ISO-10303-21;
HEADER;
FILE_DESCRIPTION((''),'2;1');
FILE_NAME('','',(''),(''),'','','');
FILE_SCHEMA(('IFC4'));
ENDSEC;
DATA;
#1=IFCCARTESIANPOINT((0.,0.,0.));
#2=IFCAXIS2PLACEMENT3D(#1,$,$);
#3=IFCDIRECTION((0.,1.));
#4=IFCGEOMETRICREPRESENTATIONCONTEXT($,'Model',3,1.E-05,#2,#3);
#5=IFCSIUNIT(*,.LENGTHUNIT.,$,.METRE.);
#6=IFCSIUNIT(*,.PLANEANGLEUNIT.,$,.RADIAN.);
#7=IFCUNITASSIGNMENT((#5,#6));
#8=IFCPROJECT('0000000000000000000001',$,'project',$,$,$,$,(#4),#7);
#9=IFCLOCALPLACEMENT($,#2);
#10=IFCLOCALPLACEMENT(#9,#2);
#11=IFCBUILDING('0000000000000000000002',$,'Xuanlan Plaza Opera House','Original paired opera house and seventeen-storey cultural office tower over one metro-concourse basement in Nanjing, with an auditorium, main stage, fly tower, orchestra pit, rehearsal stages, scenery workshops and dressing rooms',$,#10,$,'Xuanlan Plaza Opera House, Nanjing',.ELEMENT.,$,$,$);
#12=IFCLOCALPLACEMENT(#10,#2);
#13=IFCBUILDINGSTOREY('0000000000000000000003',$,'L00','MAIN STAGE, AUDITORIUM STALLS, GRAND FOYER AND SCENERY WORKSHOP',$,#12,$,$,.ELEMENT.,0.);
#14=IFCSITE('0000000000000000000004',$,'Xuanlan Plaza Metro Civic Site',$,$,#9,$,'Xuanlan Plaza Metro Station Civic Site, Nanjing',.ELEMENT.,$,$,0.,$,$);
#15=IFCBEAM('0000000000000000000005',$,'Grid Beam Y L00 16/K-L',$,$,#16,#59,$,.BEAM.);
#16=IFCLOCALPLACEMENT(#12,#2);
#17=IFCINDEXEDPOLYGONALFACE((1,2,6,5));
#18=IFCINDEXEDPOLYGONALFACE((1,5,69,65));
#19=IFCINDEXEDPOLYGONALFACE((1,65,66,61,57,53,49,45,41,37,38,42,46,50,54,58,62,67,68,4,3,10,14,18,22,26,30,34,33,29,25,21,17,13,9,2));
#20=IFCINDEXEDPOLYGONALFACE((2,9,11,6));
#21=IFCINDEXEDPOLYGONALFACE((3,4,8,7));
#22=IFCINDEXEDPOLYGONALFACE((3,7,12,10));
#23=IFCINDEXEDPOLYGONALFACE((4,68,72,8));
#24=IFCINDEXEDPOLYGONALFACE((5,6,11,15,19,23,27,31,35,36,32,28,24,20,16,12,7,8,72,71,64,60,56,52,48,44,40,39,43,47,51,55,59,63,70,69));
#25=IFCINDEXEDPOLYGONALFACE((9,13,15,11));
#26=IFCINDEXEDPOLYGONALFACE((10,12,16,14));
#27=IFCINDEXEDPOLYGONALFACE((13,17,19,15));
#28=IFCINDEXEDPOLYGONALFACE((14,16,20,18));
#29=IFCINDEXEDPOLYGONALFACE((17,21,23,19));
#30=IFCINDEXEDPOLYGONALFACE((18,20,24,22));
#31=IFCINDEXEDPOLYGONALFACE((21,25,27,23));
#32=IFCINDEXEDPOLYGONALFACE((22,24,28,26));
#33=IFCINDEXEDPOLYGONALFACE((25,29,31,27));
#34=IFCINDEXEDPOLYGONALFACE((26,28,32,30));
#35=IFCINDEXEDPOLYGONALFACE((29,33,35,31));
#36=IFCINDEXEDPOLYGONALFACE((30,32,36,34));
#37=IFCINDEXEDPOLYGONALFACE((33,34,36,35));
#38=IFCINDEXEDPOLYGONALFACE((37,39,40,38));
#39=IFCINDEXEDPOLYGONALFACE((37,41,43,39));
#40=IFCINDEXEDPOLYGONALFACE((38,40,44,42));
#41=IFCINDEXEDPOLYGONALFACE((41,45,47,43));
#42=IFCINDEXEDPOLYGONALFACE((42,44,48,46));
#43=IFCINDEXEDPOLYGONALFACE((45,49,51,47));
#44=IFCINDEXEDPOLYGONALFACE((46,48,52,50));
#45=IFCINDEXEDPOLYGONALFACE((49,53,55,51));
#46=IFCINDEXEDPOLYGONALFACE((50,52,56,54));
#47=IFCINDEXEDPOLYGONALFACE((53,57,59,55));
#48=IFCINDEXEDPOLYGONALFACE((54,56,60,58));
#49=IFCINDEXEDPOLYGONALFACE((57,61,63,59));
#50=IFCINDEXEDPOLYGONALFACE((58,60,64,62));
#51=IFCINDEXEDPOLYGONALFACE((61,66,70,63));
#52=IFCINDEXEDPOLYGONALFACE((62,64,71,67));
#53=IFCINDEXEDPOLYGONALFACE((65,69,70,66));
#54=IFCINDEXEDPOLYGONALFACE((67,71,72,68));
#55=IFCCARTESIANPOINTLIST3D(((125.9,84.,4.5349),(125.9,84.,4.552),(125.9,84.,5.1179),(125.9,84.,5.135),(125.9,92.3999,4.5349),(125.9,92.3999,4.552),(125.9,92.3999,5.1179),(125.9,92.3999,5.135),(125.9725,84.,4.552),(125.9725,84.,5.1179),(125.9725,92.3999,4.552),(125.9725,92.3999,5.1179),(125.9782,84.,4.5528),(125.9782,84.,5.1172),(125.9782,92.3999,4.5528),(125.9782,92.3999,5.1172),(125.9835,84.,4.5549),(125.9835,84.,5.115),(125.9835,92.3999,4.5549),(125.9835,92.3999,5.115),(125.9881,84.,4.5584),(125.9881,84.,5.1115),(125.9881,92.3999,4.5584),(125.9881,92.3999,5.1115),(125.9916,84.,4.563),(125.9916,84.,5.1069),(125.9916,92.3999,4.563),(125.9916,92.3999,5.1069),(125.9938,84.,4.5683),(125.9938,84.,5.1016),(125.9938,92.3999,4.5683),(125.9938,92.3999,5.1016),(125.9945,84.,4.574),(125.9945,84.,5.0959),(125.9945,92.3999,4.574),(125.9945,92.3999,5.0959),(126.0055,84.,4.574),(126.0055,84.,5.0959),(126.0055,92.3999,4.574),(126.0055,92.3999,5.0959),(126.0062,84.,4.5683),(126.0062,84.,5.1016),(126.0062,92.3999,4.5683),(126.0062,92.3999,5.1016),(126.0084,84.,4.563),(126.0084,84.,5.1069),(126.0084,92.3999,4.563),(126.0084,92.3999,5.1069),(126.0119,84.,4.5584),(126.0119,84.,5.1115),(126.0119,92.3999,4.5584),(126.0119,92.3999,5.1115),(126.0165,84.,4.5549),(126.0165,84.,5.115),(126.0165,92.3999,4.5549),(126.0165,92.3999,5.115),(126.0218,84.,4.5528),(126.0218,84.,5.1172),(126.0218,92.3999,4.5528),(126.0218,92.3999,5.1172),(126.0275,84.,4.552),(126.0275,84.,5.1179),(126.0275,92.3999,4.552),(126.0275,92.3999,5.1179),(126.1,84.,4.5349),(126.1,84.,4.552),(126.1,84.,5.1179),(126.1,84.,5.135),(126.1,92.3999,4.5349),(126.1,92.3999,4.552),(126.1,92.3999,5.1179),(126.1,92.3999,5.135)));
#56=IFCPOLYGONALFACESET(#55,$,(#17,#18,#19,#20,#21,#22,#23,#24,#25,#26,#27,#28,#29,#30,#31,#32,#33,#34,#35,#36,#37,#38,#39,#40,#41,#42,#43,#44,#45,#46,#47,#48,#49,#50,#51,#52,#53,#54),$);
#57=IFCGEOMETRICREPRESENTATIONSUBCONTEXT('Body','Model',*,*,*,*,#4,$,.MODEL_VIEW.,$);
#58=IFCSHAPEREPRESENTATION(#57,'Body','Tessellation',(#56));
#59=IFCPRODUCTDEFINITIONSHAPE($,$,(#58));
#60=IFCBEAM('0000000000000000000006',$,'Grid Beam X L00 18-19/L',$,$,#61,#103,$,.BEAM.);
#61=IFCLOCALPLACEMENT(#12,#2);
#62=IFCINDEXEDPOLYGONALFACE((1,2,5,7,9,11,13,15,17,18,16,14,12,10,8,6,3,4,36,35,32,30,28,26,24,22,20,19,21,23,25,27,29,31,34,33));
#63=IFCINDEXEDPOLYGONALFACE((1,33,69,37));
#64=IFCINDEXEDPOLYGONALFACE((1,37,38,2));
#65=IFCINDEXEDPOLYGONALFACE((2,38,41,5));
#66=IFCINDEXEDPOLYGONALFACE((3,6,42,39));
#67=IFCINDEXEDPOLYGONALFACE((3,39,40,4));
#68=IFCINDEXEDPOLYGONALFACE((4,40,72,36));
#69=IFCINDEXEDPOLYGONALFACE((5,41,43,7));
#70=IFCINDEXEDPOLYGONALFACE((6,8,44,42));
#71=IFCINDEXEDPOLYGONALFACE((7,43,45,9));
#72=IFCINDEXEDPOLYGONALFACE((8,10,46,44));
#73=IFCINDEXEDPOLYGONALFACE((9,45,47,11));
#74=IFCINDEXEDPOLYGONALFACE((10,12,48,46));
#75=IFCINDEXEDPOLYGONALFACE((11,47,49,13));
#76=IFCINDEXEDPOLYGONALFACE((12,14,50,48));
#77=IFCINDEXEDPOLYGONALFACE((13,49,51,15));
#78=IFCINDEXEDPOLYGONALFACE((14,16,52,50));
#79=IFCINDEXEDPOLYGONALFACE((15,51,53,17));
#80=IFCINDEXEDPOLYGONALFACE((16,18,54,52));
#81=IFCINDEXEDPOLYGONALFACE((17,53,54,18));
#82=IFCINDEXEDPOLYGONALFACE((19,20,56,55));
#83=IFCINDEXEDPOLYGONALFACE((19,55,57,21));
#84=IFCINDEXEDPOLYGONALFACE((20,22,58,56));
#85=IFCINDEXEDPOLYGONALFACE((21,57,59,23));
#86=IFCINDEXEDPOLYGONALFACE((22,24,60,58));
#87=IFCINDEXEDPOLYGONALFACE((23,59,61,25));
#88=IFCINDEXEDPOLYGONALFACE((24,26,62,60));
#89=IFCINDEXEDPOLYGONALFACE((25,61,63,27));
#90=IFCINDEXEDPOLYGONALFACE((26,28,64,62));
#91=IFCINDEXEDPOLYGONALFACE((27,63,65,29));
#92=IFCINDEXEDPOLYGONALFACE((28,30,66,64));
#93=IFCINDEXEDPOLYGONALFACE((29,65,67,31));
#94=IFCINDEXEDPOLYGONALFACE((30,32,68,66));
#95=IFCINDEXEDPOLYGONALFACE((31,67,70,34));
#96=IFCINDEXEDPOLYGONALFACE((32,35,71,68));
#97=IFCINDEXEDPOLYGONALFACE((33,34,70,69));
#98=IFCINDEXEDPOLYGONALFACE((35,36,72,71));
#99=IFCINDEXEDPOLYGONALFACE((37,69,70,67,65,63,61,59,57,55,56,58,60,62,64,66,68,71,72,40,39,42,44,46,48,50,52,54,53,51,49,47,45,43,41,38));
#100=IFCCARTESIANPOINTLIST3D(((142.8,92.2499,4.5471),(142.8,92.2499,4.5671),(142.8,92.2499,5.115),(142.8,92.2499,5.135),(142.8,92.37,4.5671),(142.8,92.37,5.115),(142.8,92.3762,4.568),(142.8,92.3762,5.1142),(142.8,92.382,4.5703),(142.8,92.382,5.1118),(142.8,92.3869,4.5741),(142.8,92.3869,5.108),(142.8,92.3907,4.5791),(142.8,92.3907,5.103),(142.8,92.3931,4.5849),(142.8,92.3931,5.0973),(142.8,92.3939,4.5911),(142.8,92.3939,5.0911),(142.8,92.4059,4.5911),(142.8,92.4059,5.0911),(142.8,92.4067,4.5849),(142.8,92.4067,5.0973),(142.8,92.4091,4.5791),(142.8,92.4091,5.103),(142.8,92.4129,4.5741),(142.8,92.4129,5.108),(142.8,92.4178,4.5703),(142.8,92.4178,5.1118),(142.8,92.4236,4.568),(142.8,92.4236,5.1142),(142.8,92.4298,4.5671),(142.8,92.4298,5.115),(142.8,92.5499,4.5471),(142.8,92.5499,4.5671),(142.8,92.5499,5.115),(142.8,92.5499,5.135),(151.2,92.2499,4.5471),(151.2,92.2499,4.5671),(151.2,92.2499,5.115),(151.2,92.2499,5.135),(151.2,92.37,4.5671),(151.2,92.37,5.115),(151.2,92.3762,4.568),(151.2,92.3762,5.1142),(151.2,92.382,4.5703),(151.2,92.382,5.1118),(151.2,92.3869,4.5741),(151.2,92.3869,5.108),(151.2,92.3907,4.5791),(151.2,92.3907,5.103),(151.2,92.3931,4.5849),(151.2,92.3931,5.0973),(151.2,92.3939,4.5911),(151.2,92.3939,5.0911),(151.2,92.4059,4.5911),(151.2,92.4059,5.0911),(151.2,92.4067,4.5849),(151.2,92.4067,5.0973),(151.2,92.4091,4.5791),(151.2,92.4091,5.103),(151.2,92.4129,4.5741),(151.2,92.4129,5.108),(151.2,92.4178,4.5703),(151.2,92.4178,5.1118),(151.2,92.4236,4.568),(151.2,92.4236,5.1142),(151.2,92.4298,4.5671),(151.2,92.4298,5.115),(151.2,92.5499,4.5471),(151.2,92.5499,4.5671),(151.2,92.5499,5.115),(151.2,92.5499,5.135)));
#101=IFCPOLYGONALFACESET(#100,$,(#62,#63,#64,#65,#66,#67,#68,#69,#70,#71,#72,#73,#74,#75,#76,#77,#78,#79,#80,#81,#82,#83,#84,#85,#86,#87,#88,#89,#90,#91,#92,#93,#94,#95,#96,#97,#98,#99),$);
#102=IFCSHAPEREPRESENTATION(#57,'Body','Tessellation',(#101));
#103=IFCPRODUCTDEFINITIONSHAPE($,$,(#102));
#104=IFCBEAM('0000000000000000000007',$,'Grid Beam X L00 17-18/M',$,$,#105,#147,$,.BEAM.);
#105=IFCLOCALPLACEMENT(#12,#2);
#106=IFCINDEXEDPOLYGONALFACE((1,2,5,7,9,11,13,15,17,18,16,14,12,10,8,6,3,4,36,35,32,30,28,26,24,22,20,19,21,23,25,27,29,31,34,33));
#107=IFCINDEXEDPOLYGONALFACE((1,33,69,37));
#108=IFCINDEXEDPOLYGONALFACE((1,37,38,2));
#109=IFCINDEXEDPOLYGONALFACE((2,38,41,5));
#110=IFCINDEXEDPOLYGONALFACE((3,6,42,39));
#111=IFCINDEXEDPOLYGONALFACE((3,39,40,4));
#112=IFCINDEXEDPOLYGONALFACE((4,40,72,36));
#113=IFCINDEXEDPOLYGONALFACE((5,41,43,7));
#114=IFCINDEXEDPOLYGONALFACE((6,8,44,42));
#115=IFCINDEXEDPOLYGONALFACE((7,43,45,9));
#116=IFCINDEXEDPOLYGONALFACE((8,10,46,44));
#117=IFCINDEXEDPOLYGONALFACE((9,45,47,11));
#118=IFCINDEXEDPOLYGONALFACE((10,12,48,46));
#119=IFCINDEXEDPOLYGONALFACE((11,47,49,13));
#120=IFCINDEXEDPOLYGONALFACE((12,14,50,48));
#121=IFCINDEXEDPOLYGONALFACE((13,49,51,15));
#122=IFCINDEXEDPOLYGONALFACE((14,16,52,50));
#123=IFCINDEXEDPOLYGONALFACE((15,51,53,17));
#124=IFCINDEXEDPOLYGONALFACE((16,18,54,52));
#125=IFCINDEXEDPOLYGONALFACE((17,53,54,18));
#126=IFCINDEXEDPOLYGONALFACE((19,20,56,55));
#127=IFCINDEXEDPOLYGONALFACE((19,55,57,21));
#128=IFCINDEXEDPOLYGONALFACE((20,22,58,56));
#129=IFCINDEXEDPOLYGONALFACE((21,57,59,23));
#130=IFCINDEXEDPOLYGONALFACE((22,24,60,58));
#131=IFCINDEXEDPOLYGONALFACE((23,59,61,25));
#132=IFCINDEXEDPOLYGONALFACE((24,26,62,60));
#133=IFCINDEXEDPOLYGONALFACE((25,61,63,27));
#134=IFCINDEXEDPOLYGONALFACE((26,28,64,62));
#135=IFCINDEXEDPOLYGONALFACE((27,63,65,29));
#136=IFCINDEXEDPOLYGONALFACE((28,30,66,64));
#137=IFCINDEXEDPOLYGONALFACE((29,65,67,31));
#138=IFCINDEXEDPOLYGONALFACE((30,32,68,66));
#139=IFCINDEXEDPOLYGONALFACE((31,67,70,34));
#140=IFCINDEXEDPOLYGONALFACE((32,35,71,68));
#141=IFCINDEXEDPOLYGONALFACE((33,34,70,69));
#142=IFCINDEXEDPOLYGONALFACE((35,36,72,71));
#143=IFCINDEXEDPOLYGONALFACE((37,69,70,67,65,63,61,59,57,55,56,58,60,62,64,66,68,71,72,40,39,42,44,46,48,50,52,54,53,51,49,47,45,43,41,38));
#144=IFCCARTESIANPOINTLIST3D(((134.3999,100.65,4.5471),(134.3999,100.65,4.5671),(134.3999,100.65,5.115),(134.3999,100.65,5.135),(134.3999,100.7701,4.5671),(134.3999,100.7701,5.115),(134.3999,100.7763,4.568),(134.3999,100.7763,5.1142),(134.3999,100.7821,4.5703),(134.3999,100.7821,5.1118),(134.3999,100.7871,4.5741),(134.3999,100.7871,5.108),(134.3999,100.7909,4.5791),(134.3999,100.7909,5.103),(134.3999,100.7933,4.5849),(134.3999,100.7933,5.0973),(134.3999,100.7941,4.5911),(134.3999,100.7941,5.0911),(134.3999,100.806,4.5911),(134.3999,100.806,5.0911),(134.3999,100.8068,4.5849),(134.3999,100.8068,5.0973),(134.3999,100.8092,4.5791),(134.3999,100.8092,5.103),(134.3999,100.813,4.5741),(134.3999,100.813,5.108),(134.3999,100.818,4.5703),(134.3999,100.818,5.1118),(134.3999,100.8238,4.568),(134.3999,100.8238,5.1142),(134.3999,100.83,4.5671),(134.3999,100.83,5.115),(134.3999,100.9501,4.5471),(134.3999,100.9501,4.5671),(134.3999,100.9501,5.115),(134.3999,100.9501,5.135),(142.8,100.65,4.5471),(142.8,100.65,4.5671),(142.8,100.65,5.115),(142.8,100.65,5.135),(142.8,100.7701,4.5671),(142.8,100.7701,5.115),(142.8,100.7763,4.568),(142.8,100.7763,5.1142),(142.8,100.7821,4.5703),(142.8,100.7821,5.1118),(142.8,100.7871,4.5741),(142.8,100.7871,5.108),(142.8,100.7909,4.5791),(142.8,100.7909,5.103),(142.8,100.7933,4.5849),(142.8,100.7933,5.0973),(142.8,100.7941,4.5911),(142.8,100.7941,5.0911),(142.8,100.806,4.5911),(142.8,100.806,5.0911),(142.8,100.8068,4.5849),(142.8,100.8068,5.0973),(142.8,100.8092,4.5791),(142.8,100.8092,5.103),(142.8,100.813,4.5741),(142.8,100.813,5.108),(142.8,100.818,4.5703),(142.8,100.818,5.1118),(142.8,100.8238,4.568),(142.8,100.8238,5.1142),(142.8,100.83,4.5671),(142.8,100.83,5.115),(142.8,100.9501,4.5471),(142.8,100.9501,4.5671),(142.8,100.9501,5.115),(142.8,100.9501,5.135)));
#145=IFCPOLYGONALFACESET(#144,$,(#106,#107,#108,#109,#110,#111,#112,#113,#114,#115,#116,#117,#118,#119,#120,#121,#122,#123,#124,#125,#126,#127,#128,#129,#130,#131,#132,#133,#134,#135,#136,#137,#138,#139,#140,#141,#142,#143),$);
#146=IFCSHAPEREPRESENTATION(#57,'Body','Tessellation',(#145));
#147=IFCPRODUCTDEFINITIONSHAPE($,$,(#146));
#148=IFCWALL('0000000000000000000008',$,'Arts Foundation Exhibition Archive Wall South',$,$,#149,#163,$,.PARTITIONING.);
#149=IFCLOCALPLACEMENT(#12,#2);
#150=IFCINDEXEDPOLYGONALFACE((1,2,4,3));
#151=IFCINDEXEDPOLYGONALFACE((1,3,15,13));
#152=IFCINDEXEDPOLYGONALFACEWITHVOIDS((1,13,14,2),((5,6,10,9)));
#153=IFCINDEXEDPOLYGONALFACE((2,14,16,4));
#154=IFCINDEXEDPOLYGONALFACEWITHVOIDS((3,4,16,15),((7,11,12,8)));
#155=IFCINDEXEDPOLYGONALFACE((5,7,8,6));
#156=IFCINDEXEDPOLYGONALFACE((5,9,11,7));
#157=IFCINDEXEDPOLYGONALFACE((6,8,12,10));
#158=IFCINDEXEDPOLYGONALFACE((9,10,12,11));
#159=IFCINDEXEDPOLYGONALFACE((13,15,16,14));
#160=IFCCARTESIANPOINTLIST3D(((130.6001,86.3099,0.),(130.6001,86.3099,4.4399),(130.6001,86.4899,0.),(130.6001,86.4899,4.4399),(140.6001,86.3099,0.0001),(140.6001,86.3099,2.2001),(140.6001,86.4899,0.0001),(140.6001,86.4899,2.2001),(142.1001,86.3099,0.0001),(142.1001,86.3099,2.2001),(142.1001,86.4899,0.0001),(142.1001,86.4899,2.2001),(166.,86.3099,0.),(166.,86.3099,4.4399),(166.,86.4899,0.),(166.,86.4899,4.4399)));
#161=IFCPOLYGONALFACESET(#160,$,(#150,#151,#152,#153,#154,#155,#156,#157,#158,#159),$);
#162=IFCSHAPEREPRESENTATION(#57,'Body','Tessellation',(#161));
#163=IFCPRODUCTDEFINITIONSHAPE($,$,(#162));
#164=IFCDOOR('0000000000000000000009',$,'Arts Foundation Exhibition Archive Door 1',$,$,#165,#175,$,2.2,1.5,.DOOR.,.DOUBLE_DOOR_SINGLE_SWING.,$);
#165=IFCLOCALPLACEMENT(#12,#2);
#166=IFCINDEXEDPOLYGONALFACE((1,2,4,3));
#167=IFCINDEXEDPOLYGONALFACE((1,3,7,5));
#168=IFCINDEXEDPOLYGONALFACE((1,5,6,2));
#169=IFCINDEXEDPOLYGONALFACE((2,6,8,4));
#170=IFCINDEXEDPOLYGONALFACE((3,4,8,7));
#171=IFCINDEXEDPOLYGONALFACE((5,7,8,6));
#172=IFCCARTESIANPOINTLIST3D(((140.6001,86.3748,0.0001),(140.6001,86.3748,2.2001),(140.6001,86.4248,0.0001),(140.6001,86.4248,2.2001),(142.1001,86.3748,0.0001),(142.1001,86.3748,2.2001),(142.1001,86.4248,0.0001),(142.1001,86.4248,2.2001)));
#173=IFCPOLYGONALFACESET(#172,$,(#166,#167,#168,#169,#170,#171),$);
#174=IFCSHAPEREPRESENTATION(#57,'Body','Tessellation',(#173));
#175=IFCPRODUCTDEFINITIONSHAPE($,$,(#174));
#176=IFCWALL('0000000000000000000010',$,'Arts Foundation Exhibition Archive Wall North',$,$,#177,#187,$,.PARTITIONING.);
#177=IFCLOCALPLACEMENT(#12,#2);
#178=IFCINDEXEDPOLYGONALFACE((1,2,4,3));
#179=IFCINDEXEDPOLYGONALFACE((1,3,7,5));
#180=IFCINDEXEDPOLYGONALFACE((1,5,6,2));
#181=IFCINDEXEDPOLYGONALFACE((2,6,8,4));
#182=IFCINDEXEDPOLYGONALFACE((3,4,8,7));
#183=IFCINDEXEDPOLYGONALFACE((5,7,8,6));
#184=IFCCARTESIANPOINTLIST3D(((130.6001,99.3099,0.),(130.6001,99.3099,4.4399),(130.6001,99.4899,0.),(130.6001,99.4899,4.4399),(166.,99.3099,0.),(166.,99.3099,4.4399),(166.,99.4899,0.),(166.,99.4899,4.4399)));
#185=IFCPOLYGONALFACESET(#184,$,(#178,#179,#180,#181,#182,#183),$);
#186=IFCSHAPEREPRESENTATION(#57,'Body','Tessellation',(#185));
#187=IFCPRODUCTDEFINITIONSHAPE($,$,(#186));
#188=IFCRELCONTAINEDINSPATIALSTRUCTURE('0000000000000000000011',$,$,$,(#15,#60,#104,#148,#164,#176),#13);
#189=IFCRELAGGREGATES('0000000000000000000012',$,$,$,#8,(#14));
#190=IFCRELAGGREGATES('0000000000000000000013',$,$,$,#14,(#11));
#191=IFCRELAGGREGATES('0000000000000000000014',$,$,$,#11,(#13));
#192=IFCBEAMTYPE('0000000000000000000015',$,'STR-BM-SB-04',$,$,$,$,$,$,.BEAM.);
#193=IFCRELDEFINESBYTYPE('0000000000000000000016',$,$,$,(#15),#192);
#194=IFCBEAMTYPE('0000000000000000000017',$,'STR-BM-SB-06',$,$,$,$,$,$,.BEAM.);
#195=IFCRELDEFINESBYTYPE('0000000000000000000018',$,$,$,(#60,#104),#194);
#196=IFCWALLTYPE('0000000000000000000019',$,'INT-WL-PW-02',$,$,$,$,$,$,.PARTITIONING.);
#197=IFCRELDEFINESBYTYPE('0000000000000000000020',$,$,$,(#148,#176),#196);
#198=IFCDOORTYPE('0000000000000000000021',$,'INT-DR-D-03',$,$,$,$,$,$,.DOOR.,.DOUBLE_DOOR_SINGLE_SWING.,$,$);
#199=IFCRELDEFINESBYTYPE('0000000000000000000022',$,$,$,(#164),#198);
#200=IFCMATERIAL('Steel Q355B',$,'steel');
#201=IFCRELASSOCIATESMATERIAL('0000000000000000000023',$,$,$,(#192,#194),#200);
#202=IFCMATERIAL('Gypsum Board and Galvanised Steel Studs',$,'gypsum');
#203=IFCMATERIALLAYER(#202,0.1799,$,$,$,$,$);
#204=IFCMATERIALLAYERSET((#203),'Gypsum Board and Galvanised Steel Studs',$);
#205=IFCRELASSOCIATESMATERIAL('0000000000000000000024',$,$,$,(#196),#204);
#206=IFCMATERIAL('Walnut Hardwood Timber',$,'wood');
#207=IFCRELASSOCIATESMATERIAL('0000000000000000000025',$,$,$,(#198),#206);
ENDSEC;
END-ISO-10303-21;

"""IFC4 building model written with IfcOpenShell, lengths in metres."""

from ifc_helpers import new_model, si_unit, direction, frame, frame_2d, origin, origin_2d, place, context, subcontext, project, spatial, rectangle, i_section, extrude, material, layer, layer_set, material_profile, profile_set, type_object, element, fill, save


model = new_model("IFC4")

# Units and contexts
model_context = context("Model", 3, precision=1e-05, world=origin(), true_north=direction((0.0, 1.0)))
body_context = subcontext(model_context, "Body", "Model", "MODEL_VIEW")
ifc_project = project(units=[si_unit("LENGTHUNIT", "METRE"), si_unit("PLANEANGLEUNIT", "RADIAN")], contexts=[model_context])

# Site, building, storey
site_placement = place(None, origin())
site = spatial("IfcSite", under=ifc_project, at=site_placement, Name="Xuanlan Plaza Metro Civic Site", LongName="Xuanlan Plaza Metro Station Civic Site, Nanjing", CompositionType="ELEMENT", RefElevation=0.0)
building_placement = place(site_placement, origin())
building = spatial("IfcBuilding", under=site, at=building_placement, Name="Xuanlan Plaza Opera House", Description="Original paired opera house and seventeen-storey cultural office tower over one metro-concourse basement in Nanjing, with an auditorium, main stage, fly tower, orchestra pit, rehearsal stages, scenery workshops and dressing rooms", LongName="Xuanlan Plaza Opera House, Nanjing", CompositionType="ELEMENT")
storey_placement = place(building_placement, origin())
storey = spatial("IfcBuildingStorey", under=building, at=storey_placement, Name="L00", Description="MAIN STAGE, AUDITORIUM STALLS, GRAND FOYER AND SCENERY WORKSHOP", CompositionType="ELEMENT", Elevation=0.0)

# Beams
ifc_material_1 = material(Name="Steel Q355B", Category="steel")
ifc_material_profile_1 = material_profile(ifc_material_1, i_section(OverallWidth=0.2, OverallDepth=0.6001, WebThickness=0.011, FlangeThickness=0.0171, FilletRadius=0.022, at=origin_2d()), Name="HN 600x200x11x17")
ifc_profile_set_1 = profile_set([ifc_material_profile_1], Name="Steel Q355B")
beam_type_1 = type_object("IfcBeamType", Name="STR-BM-SB-04", PredefinedType="BEAM", material=ifc_profile_set_1)
beam_1_placement = place(storey_placement, frame((126.0, 84.0, 4.835), z_axis=(0.0, 1.0, 0.0), x_axis=(-1.0, 0.0, 0.0)))
element("IfcBeam", 1, at=beam_1_placement, inside=storey, type_object=beam_type_1, Name="Grid Beam Y L00 16/K-L", PredefinedType="BEAM", context=body_context, shape_type="SweptSolid", body=[
    extrude(i_section(OverallWidth=0.2, OverallDepth=0.6001, WebThickness=0.011, FlangeThickness=0.0171, FilletRadius=0.022, at=origin_2d()), origin(), (0.0, 0.0, 1.0), 8.3999),
])
ifc_material_profile_2 = material_profile(ifc_material_1, i_section(OverallWidth=0.3, OverallDepth=0.5879, WebThickness=0.012, FlangeThickness=0.02, FilletRadius=0.0239, at=origin_2d()), Name="HM 588x300x12x20")
ifc_profile_set_2 = profile_set([ifc_material_profile_2], Name="Steel Q355B")
beam_type_2 = type_object("IfcBeamType", Name="STR-BM-SB-06", PredefinedType="BEAM", material=ifc_profile_set_2)
beam_2_placement = place(storey_placement, frame((142.8, 92.3999, 4.8411), z_axis=(1.0, 0.0, 0.0), x_axis=(0.0, 1.0, 0.0)))
element("IfcBeam", 2, at=beam_2_placement, inside=storey, type_object=beam_type_2, Name="Grid Beam X L00 18-19/L", PredefinedType="BEAM", context=body_context, shape_type="SweptSolid", body=[
    extrude(i_section(OverallWidth=0.3, OverallDepth=0.5879, WebThickness=0.012, FlangeThickness=0.02, FilletRadius=0.0239, at=origin_2d()), origin(), (0.0, 0.0, 1.0), 8.3999),
])
beam_3_placement = place(storey_placement, frame((134.3999, 100.8, 4.8411), z_axis=(1.0, 0.0, 0.0), x_axis=(0.0, 1.0, 0.0)))
element("IfcBeam", 3, at=beam_3_placement, inside=storey, type_object=beam_type_2, Name="Grid Beam X L00 17-18/M", PredefinedType="BEAM", context=body_context, shape_type="SweptSolid", body=[
    extrude(i_section(OverallWidth=0.3, OverallDepth=0.5879, WebThickness=0.012, FlangeThickness=0.02, FilletRadius=0.0239, at=origin_2d()), origin(), (0.0, 0.0, 1.0), 8.4001),
])

# Wall, opening, door
ifc_material_2 = material(Name="Gypsum Board and Galvanised Steel Studs", Category="gypsum")
ifc_layer = layer(ifc_material_2, 0.1799)
ifc_layer_set = layer_set([ifc_layer], Name="Gypsum Board and Galvanised Steel Studs")
wall_type = type_object("IfcWallType", Name="INT-WL-PW-02", PredefinedType="PARTITIONING", material=ifc_layer_set)
wall_1_placement = place(storey_placement, frame((130.6001, 86.3999, 0.0), z_axis=(0.0, 0.0, 1.0), x_axis=(1.0, 0.0, 0.0)))
wall_1 = element("IfcWall", 4, at=wall_1_placement, inside=storey, type_object=wall_type, Name="Arts Foundation Exhibition Archive Wall South", PredefinedType="PARTITIONING", context=body_context, shape_type="SweptSolid", body=[
    extrude(rectangle(XDim=35.3999, YDim=0.1799, at=frame_2d((17.7, 0.0))), origin(), (0.0, 0.0, 1.0), 4.4399),
])
opening_placement = place(wall_1_placement, frame((10.0, 0.0, 0.0)))
opening = element("IfcOpeningElement", 5, at=opening_placement, cuts=wall_1, PredefinedType="OPENING", context=body_context, shape_type="SweptSolid", body=[
    extrude(rectangle(XDim=1.5, YDim=2.2, at=frame_2d((0.75, 1.1001))), frame((0.0, 0.0999, 0.0), z_axis=(0.0, -1.0, 0.0), x_axis=(1.0, 0.0, 0.0)), (0.0, 0.0, 1.0), 0.2),
])
ifc_material_3 = material(Name="Walnut Hardwood Timber", Category="wood")
door_type = type_object("IfcDoorType", Name="INT-DR-D-03", OperationType="DOUBLE_DOOR_SINGLE_SWING", PredefinedType="DOOR", material=ifc_material_3)
door_placement = place(opening_placement, origin())
door = element("IfcDoor", 6, at=door_placement, inside=storey, type_object=door_type, Name="Arts Foundation Exhibition Archive Door 1", OperationType="DOUBLE_DOOR_SINGLE_SWING", OverallHeight=2.2, OverallWidth=1.5, PredefinedType="DOOR", context=body_context, shape_type="SweptSolid", body=[
    extrude(rectangle(XDim=1.5, YDim=2.2, at=frame_2d((0.75, 1.1001))), frame((0.0, 0.0249, 0.0), z_axis=(0.0, -1.0, 0.0), x_axis=(1.0, 0.0, 0.0)), (0.0, 0.0, 1.0), 0.05),
])
fill(opening, door)

# Wall
wall_2_placement = place(storey_placement, frame((130.6001, 99.3999, 0.0), z_axis=(0.0, 0.0, 1.0), x_axis=(1.0, 0.0, 0.0)))
element("IfcWall", 7, at=wall_2_placement, inside=storey, type_object=wall_type, Name="Arts Foundation Exhibition Archive Wall North", PredefinedType="PARTITIONING", context=body_context, shape_type="SweptSolid", body=[
    extrude(rectangle(XDim=35.3999, YDim=0.1799, at=frame_2d((17.7, 0.0))), origin(), (0.0, 0.0, 1.0), 4.4399),
])

save(model, "model.ifc")
